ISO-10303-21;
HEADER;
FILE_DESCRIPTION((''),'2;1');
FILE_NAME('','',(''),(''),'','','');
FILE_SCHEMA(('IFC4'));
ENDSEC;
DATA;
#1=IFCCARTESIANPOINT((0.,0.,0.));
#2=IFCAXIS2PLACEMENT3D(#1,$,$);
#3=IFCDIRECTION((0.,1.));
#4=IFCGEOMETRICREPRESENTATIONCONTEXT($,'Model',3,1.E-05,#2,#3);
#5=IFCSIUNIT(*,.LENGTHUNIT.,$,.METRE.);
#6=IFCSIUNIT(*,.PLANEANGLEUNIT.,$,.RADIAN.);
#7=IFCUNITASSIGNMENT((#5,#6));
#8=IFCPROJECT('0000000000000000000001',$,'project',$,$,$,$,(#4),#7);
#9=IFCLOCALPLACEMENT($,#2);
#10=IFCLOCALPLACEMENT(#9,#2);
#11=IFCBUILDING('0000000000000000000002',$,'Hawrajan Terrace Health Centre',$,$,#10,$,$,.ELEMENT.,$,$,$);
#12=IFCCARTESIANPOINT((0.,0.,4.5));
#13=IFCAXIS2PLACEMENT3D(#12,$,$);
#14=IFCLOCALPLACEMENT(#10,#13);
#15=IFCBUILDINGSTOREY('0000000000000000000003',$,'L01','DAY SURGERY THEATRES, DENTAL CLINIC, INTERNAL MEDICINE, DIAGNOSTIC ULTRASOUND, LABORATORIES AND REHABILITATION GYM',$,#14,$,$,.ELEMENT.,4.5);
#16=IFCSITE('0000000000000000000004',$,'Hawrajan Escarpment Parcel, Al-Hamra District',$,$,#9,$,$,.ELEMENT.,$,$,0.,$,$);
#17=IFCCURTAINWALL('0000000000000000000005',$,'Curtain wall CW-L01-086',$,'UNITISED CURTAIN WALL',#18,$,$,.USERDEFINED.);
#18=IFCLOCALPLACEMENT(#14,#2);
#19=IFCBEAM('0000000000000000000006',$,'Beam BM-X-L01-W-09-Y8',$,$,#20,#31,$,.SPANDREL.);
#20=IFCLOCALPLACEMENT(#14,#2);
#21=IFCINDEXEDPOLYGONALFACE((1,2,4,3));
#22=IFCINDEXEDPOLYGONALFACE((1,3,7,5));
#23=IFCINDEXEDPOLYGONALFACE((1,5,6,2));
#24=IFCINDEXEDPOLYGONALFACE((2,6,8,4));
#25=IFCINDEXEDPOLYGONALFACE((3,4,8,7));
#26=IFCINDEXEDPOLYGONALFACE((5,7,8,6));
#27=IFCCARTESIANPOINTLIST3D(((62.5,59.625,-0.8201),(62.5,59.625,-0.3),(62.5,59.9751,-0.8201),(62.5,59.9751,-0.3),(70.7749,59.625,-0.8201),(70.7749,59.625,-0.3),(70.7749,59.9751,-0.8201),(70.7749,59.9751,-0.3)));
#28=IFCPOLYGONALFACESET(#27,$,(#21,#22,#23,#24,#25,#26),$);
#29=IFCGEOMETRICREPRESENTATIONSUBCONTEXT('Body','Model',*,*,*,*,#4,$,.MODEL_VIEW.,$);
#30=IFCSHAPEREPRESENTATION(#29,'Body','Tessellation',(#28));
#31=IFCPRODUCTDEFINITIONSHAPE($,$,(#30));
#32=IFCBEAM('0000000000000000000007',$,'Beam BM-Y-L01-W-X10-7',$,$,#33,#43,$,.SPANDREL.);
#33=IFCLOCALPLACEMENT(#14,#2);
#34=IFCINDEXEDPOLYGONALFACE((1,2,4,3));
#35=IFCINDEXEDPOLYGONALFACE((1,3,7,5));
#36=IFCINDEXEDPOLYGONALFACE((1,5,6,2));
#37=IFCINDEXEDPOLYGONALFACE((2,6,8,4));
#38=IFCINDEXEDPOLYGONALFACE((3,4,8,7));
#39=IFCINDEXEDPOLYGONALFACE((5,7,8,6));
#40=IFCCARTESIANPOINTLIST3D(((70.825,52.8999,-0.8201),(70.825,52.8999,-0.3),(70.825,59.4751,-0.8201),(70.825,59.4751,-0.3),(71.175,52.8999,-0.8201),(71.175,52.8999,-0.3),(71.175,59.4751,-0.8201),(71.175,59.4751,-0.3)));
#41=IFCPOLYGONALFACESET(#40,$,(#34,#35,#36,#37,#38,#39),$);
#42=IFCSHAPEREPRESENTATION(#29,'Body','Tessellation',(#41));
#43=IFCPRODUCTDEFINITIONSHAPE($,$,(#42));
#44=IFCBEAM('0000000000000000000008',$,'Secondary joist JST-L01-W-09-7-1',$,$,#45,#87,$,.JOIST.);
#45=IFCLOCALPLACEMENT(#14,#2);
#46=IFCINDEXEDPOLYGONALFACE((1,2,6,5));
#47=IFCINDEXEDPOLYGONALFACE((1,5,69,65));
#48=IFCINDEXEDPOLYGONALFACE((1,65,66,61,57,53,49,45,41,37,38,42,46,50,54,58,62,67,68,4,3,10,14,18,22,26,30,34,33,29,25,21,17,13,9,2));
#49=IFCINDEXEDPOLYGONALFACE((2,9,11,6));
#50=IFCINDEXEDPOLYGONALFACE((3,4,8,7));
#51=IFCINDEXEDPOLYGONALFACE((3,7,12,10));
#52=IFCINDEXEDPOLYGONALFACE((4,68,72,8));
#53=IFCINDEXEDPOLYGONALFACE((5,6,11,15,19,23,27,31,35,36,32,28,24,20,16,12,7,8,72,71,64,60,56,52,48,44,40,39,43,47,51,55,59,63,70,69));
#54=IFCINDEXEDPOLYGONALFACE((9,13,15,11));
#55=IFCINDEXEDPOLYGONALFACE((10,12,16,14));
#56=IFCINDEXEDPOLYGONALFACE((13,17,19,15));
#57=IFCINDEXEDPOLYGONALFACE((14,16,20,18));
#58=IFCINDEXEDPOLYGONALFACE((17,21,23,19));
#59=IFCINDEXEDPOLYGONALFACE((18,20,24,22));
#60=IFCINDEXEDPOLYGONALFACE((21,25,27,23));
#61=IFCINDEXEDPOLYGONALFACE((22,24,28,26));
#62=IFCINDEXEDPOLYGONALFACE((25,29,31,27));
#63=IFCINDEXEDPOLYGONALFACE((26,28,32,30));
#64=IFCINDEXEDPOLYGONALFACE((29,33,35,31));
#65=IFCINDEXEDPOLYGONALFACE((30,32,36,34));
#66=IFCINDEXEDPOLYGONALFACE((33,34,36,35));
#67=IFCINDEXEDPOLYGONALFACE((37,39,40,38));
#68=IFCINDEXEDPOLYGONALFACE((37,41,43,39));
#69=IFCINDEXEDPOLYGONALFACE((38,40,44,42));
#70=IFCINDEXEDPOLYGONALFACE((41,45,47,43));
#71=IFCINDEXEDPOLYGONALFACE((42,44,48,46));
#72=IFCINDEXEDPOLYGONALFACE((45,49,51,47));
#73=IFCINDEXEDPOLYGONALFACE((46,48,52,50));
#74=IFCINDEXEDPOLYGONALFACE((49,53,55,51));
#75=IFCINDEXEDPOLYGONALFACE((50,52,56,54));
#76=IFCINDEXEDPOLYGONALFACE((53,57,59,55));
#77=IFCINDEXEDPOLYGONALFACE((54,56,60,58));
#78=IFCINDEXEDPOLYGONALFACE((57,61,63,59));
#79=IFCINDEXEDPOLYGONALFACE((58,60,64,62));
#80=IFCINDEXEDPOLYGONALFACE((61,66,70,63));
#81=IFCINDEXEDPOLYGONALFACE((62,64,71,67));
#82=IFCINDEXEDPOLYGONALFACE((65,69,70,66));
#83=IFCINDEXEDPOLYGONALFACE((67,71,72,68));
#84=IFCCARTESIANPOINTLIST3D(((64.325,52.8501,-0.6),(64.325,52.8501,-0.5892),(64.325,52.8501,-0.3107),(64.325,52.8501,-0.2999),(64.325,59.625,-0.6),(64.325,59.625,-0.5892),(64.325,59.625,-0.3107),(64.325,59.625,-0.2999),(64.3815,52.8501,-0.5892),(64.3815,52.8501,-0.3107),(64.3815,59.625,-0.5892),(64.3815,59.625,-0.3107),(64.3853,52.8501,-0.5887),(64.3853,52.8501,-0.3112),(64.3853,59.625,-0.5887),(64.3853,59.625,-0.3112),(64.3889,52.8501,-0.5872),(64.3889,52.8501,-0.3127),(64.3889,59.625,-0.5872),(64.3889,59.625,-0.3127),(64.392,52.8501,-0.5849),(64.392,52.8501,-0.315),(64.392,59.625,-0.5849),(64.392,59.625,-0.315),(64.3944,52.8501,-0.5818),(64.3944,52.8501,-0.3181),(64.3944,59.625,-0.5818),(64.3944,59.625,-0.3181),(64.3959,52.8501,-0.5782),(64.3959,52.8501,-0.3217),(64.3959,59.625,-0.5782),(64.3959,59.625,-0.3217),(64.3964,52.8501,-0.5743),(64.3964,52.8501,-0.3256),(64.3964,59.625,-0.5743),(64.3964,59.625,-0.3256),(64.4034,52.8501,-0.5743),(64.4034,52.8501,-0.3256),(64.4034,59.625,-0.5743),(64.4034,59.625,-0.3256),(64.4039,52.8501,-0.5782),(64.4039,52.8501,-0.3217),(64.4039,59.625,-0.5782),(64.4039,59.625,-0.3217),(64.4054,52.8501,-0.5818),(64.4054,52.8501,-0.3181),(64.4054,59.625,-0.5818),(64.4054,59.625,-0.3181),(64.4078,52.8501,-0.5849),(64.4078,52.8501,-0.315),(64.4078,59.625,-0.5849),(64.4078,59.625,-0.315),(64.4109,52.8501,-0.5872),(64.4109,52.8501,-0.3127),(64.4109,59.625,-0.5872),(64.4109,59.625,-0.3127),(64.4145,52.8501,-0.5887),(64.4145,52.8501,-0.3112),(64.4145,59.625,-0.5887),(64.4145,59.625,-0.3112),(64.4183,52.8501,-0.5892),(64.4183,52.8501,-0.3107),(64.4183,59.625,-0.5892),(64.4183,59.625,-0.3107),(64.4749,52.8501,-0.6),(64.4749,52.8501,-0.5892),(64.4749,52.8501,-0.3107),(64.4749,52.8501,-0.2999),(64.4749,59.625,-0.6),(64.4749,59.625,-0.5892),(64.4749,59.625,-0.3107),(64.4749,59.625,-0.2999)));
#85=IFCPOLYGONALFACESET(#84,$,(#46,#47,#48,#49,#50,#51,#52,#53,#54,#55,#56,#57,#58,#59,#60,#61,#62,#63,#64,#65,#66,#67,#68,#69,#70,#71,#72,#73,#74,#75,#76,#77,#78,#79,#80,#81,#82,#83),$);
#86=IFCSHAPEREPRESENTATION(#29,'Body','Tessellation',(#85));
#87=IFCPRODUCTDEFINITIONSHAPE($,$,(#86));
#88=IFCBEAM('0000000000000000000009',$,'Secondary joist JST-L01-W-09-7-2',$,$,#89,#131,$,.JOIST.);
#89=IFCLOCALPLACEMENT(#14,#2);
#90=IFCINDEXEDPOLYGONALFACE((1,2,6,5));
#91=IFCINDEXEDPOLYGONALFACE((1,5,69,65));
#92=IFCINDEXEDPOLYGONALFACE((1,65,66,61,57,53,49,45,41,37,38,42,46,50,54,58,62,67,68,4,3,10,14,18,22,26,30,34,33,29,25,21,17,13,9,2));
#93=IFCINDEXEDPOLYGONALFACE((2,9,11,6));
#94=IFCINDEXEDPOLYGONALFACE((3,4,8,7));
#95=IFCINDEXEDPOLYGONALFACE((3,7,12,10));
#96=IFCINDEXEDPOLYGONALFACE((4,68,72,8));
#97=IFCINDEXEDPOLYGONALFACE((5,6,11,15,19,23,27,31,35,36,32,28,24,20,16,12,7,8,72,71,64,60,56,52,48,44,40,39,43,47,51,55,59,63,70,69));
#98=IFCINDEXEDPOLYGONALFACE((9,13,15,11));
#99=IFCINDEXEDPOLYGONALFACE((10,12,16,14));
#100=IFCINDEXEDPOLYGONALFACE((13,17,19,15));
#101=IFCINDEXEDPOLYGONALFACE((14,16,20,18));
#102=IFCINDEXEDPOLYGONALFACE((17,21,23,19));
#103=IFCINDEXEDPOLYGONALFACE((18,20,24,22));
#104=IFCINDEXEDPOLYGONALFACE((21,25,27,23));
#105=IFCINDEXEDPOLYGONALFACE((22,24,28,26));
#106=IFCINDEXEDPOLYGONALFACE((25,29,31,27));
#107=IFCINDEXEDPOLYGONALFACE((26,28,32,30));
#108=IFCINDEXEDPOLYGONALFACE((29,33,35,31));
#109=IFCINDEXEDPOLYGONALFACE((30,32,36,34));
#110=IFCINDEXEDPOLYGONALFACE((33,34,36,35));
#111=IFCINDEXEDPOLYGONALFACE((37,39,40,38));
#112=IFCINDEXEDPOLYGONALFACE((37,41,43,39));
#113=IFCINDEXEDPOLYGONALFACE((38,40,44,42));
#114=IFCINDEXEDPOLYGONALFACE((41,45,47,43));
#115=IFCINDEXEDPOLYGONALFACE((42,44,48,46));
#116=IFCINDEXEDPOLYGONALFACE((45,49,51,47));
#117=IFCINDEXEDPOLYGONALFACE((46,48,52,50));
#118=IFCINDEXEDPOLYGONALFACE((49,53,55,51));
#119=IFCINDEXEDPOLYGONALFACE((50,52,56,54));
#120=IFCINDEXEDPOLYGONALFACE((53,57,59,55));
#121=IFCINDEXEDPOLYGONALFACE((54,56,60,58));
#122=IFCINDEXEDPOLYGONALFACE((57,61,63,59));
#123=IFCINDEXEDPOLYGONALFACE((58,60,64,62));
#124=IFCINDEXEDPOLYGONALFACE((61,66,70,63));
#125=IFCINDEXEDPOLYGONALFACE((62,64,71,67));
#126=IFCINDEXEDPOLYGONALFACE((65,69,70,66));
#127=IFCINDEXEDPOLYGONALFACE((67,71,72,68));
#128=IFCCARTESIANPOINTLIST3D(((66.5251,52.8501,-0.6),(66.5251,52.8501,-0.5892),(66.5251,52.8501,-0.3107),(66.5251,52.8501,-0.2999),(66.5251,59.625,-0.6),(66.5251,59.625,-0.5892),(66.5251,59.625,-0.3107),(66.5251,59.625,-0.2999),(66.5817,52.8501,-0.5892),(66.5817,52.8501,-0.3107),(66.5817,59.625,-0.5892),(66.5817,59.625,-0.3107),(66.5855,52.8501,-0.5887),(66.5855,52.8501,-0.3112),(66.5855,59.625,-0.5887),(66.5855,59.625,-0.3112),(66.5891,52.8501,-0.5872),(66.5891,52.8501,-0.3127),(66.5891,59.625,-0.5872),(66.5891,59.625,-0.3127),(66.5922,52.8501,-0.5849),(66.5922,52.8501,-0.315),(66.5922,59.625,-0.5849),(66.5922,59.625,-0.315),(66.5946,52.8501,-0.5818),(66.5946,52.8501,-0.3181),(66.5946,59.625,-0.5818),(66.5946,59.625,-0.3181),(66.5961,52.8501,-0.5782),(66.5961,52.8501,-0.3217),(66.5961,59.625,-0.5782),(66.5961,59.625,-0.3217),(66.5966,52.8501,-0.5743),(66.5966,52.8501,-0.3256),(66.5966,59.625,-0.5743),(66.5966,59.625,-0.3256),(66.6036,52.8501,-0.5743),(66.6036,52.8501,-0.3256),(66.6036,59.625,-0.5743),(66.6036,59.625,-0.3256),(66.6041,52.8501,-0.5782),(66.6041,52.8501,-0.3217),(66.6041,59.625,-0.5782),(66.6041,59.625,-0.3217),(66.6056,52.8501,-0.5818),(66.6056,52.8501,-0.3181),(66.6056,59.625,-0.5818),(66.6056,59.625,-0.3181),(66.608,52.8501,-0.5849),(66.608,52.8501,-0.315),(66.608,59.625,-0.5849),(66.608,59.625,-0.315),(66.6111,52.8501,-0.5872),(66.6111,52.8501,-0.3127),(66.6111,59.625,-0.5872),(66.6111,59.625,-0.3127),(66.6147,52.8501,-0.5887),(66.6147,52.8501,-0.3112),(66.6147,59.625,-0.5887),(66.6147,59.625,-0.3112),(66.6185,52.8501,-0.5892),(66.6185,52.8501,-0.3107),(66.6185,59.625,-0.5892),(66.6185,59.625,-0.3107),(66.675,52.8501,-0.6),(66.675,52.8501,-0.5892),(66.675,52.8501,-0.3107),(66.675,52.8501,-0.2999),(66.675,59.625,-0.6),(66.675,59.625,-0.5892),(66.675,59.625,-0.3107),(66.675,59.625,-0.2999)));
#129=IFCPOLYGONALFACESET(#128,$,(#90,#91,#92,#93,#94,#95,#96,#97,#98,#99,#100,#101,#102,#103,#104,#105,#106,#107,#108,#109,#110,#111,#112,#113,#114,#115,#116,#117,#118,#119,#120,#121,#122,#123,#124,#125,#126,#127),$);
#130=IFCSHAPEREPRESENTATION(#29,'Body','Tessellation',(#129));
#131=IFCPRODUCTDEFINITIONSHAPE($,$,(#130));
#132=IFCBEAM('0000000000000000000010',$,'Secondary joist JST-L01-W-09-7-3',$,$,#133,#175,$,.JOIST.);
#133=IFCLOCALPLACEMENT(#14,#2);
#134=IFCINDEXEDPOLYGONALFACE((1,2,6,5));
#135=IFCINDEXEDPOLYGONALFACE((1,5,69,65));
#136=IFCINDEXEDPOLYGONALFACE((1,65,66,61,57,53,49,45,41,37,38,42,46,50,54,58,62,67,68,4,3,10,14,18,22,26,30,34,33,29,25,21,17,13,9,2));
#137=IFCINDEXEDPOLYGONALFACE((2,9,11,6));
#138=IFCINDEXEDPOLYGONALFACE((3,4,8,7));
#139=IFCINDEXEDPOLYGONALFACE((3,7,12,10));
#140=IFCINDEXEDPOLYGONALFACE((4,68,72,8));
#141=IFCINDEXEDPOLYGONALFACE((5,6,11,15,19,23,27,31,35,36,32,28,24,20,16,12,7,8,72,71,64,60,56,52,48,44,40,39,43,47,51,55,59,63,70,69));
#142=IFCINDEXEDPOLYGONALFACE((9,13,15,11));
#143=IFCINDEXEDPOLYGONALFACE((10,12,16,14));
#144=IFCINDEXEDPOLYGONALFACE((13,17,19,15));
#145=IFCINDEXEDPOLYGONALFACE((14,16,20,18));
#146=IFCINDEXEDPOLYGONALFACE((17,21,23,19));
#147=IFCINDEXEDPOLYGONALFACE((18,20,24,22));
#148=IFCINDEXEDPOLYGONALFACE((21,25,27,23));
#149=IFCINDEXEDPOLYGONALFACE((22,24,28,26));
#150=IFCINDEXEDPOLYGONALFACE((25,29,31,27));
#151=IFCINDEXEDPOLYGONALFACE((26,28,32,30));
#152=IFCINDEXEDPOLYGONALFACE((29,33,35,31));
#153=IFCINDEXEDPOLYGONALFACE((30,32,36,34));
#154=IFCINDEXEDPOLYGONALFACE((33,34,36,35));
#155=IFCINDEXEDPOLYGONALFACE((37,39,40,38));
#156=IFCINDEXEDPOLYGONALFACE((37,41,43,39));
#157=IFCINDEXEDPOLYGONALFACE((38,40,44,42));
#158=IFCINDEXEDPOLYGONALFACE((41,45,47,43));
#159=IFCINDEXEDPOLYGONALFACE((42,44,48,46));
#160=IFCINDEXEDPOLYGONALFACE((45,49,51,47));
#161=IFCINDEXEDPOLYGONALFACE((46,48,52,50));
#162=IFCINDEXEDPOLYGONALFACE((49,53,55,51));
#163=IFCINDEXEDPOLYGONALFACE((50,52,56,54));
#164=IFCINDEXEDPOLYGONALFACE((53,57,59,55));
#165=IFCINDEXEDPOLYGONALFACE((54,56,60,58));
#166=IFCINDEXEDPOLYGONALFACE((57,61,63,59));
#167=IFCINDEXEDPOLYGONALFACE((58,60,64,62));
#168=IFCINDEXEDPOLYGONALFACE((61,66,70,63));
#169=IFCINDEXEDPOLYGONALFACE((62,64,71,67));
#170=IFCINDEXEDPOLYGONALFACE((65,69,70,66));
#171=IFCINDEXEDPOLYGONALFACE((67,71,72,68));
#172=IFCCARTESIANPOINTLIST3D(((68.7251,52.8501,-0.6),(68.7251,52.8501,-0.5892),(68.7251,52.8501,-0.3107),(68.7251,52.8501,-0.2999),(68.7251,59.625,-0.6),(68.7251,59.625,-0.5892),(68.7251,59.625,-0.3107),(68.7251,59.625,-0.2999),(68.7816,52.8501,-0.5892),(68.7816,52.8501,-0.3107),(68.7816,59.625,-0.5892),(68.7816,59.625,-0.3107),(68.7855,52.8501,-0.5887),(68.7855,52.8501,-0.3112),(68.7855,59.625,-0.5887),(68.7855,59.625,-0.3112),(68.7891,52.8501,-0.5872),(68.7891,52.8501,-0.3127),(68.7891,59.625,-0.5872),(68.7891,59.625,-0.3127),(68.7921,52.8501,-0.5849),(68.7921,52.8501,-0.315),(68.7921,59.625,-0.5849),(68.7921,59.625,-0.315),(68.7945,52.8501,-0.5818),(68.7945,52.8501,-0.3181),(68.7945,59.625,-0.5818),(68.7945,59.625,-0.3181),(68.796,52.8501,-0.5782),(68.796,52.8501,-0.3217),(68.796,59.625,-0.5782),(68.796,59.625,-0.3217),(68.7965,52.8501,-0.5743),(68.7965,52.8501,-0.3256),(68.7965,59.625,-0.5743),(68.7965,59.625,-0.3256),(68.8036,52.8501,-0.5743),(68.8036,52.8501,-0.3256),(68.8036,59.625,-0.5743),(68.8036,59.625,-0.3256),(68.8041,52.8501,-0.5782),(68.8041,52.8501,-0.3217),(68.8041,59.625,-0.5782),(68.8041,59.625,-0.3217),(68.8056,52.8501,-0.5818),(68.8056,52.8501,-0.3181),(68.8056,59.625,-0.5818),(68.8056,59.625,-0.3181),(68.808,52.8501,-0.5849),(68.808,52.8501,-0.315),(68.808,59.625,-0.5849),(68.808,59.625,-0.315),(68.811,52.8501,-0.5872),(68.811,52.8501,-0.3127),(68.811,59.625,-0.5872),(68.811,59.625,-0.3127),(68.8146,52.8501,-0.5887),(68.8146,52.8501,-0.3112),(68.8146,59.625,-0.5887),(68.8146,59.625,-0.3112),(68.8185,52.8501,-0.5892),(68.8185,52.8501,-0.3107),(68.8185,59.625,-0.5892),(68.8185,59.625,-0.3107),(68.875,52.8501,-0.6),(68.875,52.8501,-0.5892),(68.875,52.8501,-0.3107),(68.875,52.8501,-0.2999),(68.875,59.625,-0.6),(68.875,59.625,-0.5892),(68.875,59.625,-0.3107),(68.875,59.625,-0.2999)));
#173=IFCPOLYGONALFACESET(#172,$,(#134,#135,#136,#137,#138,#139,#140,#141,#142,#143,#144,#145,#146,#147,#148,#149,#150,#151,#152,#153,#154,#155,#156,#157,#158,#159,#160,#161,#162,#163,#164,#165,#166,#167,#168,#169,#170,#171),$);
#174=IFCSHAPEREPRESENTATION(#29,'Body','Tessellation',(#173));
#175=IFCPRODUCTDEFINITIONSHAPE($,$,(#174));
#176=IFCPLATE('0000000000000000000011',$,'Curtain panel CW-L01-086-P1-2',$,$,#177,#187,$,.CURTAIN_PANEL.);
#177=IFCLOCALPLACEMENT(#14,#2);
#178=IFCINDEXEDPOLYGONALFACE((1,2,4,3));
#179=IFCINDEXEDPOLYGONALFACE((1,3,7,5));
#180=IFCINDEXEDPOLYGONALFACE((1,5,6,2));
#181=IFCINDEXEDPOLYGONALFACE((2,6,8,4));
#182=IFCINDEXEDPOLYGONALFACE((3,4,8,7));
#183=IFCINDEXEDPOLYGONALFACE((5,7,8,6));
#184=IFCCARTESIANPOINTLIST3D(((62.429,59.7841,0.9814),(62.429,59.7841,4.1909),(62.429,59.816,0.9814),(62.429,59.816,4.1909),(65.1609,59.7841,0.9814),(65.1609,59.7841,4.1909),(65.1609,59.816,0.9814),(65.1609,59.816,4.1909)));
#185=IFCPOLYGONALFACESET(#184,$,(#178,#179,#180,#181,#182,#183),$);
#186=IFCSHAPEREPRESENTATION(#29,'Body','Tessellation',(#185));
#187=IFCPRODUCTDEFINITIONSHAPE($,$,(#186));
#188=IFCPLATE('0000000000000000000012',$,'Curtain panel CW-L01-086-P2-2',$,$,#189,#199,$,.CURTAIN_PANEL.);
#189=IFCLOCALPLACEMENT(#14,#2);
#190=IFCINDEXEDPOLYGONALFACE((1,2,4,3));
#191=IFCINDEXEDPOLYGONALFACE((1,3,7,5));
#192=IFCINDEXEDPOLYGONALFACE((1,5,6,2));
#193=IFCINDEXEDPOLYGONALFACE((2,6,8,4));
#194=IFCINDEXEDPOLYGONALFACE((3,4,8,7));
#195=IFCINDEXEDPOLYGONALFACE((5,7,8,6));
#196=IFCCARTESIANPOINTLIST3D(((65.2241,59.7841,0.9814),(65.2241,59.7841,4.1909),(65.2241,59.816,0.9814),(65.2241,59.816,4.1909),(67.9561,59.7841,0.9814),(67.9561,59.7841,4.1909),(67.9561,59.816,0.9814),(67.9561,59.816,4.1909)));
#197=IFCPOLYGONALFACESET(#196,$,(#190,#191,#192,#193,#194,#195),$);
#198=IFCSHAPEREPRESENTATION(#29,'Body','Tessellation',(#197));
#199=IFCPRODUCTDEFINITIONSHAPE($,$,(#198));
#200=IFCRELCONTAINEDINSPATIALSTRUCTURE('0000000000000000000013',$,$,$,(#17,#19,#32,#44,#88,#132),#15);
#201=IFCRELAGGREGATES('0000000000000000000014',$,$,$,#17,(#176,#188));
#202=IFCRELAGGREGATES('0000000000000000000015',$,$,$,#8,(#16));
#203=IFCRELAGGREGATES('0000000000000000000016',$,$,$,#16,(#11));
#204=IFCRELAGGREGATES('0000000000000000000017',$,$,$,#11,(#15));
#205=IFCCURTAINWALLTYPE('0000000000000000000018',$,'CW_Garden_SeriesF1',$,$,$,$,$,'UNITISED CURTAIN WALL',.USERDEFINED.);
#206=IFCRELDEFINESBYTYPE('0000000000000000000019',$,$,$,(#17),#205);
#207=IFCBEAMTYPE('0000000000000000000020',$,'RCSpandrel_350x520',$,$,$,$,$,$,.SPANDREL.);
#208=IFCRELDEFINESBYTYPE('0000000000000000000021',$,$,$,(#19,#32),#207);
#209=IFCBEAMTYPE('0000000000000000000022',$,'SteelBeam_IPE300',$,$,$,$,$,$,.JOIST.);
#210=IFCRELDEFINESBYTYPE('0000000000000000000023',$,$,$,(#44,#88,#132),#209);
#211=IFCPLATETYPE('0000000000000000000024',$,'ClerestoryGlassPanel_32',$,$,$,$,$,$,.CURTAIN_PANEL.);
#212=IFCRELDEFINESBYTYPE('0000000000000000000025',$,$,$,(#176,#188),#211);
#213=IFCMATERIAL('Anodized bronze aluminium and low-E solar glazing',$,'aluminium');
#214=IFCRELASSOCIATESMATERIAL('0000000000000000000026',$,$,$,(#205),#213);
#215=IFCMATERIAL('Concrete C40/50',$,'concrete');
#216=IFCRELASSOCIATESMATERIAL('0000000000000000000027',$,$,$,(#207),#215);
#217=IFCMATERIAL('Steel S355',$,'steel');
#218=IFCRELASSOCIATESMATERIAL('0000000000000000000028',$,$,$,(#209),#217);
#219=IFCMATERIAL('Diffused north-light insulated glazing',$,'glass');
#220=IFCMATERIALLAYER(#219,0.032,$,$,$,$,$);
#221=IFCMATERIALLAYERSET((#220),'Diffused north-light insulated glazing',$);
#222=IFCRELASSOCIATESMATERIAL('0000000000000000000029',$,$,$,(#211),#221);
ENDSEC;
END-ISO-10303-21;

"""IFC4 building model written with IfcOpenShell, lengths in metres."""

from ifc_helpers import new_model, si_unit, direction, frame, origin, origin_2d, place, context, subcontext, project, spatial, rectangle, i_section, extrude, material, layer, layer_set, material_profile, profile_set, type_object, element, aggregate, save


model = new_model("IFC4")

# Units and contexts
model_context = context("Model", 3, precision=1e-05, world=origin(), true_north=direction((0.0, 1.0)))
body_context = subcontext(model_context, "Body", "Model", "MODEL_VIEW")
ifc_project = project(units=[si_unit("LENGTHUNIT", "METRE"), si_unit("PLANEANGLEUNIT", "RADIAN")], contexts=[model_context])

# Site, building, storey
site_placement = place(None, origin())
site = spatial("IfcSite", under=ifc_project, at=site_placement, Name="Hawrajan Escarpment Parcel, Al-Hamra District", CompositionType="ELEMENT", RefElevation=0.0)
building_placement = place(site_placement, origin())
building = spatial("IfcBuilding", under=site, at=building_placement, Name="Hawrajan Terrace Health Centre", CompositionType="ELEMENT")
storey_placement = place(building_placement, frame((0.0, 0.0, 4.5)))
storey = spatial("IfcBuildingStorey", under=building, at=storey_placement, Name="L01", Description="DAY SURGERY THEATRES, DENTAL CLINIC, INTERNAL MEDICINE, DIAGNOSTIC ULTRASOUND, LABORATORIES AND REHABILITATION GYM", CompositionType="ELEMENT", Elevation=4.5)

# Curtain wall
ifc_material_1 = material(Name="Anodized bronze aluminium and low-E solar glazing", Category="aluminium")
curtain_wall_type = type_object("IfcCurtainWallType", Name="CW_Garden_SeriesF1", ElementType="UNITISED CURTAIN WALL", PredefinedType="USERDEFINED", material=ifc_material_1)
curtain_wall_placement = place(storey_placement, origin())
curtain_wall = element("IfcCurtainWall", 1, at=curtain_wall_placement, inside=storey, type_object=curtain_wall_type, Name="Curtain wall CW-L01-086", ObjectType="UNITISED CURTAIN WALL", PredefinedType="USERDEFINED")

# Beams
ifc_material_2 = material(Name="Concrete C40/50", Category="concrete")
ifc_material_profile_1 = material_profile(ifc_material_2, rectangle(XDim=0.3501, YDim=0.52, at=origin_2d()), Name="RC SP 350x520")
ifc_profile_set_1 = profile_set([ifc_material_profile_1], Name="Concrete C40/50")
beam_type_1 = type_object("IfcBeamType", Name="RCSpandrel_350x520", PredefinedType="SPANDREL", material=ifc_profile_set_1)
beam_1_placement = place(storey_placement, frame((62.5, 59.8, -0.5601), z_axis=(1.0, 0.0, 0.0), x_axis=(0.0, 1.0, 0.0)))
element("IfcBeam", 2, at=beam_1_placement, inside=storey, type_object=beam_type_1, Name="Beam BM-X-L01-W-09-Y8", PredefinedType="SPANDREL", context=body_context, shape_type="SweptSolid", body=[
    extrude(rectangle(XDim=0.3501, YDim=0.52, at=origin_2d()), origin(), (0.0, 0.0, 1.0), 8.2749),
])
beam_2_placement = place(storey_placement, frame((71.0, 52.8999, -0.5601), z_axis=(0.0, 1.0, 0.0), x_axis=(-1.0, 0.0, 0.0)))
element("IfcBeam", 3, at=beam_2_placement, inside=storey, type_object=beam_type_1, Name="Beam BM-Y-L01-W-X10-7", PredefinedType="SPANDREL", context=body_context, shape_type="SweptSolid", body=[
    extrude(rectangle(XDim=0.3501, YDim=0.52, at=origin_2d()), origin(), (0.0, 0.0, 1.0), 6.5752),
])
ifc_material_3 = material(Name="Steel S355", Category="steel")
ifc_material_profile_2 = material_profile(ifc_material_3, i_section(OverallWidth=0.1499, OverallDepth=0.3, WebThickness=0.0071, FlangeThickness=0.0107, FilletRadius=0.0149, at=origin_2d()), Name="IPE 300")
ifc_profile_set_2 = profile_set([ifc_material_profile_2], Name="Steel S355")
beam_type_2 = type_object("IfcBeamType", Name="SteelBeam_IPE300", PredefinedType="JOIST", material=ifc_profile_set_2)
for number, where, z_axis, x_axis, name in (
    (4, (64.3999, 52.8501, -0.45), (0.0, 1.0, 0.0), (-1.0, 0.0, 0.0), "Secondary joist JST-L01-W-09-7-1"),
    (5, (66.6001, 52.8501, -0.45), (0.0, 1.0, 0.0), (-1.0, 0.0, 0.0), "Secondary joist JST-L01-W-09-7-2"),
    (6, (68.8, 52.8501, -0.45), (0.0, 1.0, 0.0), (-1.0, 0.0, 0.0), "Secondary joist JST-L01-W-09-7-3"),
):
    element("IfcBeam", number, at=place(storey_placement, frame(where, z_axis=z_axis, x_axis=x_axis)), inside=storey, type_object=beam_type_2, Name=name, PredefinedType="JOIST", context=body_context, shape_type="SweptSolid", body=[
        extrude(i_section(OverallWidth=0.1499, OverallDepth=0.3, WebThickness=0.0071, FlangeThickness=0.0107, FilletRadius=0.0149, at=origin_2d()), origin(), (0.0, 0.0, 1.0), 6.7749),
    ])

# Plates
ifc_material_4 = material(Name="Diffused north-light insulated glazing", Category="glass")
ifc_layer_1 = layer(ifc_material_4, 0.032)
ifc_layer_set_1 = layer_set([ifc_layer_1], Name="Diffused north-light insulated glazing")
plate_type_1 = type_object("IfcPlateType", Name="ClerestoryGlassPanel_32", PredefinedType="CURTAIN_PANEL", material=ifc_layer_set_1)
plate_1_placement = place(storey_placement, frame((63.7949, 59.8, 0.9814), z_axis=(0.0, 0.0, 1.0), x_axis=(1.0, 0.0, 0.0)))
plate_1 = element("IfcPlate", 7, at=plate_1_placement, type_object=plate_type_1, Name="Curtain panel CW-L01-086-P1-2", PredefinedType="CURTAIN_PANEL", context=body_context, shape_type="SweptSolid", body=[
    extrude(rectangle(XDim=2.7319, YDim=0.032, at=origin_2d()), origin(), (0.0, 0.0, 1.0), 3.2095),
])
plate_2_placement = place(storey_placement, frame((66.5901, 59.8, 0.9814), z_axis=(0.0, 0.0, 1.0), x_axis=(1.0, 0.0, 0.0)))
plate_2 = element("IfcPlate", 8, at=plate_2_placement, type_object=plate_type_1, Name="Curtain panel CW-L01-086-P2-2", PredefinedType="CURTAIN_PANEL", context=body_context, shape_type="SweptSolid", body=[
    extrude(rectangle(XDim=2.7319, YDim=0.032, at=origin_2d()), origin(), (0.0, 0.0, 1.0), 3.2095),
])
aggregate(curtain_wall, [plate_1, plate_2])

save(model, "model.ifc")
